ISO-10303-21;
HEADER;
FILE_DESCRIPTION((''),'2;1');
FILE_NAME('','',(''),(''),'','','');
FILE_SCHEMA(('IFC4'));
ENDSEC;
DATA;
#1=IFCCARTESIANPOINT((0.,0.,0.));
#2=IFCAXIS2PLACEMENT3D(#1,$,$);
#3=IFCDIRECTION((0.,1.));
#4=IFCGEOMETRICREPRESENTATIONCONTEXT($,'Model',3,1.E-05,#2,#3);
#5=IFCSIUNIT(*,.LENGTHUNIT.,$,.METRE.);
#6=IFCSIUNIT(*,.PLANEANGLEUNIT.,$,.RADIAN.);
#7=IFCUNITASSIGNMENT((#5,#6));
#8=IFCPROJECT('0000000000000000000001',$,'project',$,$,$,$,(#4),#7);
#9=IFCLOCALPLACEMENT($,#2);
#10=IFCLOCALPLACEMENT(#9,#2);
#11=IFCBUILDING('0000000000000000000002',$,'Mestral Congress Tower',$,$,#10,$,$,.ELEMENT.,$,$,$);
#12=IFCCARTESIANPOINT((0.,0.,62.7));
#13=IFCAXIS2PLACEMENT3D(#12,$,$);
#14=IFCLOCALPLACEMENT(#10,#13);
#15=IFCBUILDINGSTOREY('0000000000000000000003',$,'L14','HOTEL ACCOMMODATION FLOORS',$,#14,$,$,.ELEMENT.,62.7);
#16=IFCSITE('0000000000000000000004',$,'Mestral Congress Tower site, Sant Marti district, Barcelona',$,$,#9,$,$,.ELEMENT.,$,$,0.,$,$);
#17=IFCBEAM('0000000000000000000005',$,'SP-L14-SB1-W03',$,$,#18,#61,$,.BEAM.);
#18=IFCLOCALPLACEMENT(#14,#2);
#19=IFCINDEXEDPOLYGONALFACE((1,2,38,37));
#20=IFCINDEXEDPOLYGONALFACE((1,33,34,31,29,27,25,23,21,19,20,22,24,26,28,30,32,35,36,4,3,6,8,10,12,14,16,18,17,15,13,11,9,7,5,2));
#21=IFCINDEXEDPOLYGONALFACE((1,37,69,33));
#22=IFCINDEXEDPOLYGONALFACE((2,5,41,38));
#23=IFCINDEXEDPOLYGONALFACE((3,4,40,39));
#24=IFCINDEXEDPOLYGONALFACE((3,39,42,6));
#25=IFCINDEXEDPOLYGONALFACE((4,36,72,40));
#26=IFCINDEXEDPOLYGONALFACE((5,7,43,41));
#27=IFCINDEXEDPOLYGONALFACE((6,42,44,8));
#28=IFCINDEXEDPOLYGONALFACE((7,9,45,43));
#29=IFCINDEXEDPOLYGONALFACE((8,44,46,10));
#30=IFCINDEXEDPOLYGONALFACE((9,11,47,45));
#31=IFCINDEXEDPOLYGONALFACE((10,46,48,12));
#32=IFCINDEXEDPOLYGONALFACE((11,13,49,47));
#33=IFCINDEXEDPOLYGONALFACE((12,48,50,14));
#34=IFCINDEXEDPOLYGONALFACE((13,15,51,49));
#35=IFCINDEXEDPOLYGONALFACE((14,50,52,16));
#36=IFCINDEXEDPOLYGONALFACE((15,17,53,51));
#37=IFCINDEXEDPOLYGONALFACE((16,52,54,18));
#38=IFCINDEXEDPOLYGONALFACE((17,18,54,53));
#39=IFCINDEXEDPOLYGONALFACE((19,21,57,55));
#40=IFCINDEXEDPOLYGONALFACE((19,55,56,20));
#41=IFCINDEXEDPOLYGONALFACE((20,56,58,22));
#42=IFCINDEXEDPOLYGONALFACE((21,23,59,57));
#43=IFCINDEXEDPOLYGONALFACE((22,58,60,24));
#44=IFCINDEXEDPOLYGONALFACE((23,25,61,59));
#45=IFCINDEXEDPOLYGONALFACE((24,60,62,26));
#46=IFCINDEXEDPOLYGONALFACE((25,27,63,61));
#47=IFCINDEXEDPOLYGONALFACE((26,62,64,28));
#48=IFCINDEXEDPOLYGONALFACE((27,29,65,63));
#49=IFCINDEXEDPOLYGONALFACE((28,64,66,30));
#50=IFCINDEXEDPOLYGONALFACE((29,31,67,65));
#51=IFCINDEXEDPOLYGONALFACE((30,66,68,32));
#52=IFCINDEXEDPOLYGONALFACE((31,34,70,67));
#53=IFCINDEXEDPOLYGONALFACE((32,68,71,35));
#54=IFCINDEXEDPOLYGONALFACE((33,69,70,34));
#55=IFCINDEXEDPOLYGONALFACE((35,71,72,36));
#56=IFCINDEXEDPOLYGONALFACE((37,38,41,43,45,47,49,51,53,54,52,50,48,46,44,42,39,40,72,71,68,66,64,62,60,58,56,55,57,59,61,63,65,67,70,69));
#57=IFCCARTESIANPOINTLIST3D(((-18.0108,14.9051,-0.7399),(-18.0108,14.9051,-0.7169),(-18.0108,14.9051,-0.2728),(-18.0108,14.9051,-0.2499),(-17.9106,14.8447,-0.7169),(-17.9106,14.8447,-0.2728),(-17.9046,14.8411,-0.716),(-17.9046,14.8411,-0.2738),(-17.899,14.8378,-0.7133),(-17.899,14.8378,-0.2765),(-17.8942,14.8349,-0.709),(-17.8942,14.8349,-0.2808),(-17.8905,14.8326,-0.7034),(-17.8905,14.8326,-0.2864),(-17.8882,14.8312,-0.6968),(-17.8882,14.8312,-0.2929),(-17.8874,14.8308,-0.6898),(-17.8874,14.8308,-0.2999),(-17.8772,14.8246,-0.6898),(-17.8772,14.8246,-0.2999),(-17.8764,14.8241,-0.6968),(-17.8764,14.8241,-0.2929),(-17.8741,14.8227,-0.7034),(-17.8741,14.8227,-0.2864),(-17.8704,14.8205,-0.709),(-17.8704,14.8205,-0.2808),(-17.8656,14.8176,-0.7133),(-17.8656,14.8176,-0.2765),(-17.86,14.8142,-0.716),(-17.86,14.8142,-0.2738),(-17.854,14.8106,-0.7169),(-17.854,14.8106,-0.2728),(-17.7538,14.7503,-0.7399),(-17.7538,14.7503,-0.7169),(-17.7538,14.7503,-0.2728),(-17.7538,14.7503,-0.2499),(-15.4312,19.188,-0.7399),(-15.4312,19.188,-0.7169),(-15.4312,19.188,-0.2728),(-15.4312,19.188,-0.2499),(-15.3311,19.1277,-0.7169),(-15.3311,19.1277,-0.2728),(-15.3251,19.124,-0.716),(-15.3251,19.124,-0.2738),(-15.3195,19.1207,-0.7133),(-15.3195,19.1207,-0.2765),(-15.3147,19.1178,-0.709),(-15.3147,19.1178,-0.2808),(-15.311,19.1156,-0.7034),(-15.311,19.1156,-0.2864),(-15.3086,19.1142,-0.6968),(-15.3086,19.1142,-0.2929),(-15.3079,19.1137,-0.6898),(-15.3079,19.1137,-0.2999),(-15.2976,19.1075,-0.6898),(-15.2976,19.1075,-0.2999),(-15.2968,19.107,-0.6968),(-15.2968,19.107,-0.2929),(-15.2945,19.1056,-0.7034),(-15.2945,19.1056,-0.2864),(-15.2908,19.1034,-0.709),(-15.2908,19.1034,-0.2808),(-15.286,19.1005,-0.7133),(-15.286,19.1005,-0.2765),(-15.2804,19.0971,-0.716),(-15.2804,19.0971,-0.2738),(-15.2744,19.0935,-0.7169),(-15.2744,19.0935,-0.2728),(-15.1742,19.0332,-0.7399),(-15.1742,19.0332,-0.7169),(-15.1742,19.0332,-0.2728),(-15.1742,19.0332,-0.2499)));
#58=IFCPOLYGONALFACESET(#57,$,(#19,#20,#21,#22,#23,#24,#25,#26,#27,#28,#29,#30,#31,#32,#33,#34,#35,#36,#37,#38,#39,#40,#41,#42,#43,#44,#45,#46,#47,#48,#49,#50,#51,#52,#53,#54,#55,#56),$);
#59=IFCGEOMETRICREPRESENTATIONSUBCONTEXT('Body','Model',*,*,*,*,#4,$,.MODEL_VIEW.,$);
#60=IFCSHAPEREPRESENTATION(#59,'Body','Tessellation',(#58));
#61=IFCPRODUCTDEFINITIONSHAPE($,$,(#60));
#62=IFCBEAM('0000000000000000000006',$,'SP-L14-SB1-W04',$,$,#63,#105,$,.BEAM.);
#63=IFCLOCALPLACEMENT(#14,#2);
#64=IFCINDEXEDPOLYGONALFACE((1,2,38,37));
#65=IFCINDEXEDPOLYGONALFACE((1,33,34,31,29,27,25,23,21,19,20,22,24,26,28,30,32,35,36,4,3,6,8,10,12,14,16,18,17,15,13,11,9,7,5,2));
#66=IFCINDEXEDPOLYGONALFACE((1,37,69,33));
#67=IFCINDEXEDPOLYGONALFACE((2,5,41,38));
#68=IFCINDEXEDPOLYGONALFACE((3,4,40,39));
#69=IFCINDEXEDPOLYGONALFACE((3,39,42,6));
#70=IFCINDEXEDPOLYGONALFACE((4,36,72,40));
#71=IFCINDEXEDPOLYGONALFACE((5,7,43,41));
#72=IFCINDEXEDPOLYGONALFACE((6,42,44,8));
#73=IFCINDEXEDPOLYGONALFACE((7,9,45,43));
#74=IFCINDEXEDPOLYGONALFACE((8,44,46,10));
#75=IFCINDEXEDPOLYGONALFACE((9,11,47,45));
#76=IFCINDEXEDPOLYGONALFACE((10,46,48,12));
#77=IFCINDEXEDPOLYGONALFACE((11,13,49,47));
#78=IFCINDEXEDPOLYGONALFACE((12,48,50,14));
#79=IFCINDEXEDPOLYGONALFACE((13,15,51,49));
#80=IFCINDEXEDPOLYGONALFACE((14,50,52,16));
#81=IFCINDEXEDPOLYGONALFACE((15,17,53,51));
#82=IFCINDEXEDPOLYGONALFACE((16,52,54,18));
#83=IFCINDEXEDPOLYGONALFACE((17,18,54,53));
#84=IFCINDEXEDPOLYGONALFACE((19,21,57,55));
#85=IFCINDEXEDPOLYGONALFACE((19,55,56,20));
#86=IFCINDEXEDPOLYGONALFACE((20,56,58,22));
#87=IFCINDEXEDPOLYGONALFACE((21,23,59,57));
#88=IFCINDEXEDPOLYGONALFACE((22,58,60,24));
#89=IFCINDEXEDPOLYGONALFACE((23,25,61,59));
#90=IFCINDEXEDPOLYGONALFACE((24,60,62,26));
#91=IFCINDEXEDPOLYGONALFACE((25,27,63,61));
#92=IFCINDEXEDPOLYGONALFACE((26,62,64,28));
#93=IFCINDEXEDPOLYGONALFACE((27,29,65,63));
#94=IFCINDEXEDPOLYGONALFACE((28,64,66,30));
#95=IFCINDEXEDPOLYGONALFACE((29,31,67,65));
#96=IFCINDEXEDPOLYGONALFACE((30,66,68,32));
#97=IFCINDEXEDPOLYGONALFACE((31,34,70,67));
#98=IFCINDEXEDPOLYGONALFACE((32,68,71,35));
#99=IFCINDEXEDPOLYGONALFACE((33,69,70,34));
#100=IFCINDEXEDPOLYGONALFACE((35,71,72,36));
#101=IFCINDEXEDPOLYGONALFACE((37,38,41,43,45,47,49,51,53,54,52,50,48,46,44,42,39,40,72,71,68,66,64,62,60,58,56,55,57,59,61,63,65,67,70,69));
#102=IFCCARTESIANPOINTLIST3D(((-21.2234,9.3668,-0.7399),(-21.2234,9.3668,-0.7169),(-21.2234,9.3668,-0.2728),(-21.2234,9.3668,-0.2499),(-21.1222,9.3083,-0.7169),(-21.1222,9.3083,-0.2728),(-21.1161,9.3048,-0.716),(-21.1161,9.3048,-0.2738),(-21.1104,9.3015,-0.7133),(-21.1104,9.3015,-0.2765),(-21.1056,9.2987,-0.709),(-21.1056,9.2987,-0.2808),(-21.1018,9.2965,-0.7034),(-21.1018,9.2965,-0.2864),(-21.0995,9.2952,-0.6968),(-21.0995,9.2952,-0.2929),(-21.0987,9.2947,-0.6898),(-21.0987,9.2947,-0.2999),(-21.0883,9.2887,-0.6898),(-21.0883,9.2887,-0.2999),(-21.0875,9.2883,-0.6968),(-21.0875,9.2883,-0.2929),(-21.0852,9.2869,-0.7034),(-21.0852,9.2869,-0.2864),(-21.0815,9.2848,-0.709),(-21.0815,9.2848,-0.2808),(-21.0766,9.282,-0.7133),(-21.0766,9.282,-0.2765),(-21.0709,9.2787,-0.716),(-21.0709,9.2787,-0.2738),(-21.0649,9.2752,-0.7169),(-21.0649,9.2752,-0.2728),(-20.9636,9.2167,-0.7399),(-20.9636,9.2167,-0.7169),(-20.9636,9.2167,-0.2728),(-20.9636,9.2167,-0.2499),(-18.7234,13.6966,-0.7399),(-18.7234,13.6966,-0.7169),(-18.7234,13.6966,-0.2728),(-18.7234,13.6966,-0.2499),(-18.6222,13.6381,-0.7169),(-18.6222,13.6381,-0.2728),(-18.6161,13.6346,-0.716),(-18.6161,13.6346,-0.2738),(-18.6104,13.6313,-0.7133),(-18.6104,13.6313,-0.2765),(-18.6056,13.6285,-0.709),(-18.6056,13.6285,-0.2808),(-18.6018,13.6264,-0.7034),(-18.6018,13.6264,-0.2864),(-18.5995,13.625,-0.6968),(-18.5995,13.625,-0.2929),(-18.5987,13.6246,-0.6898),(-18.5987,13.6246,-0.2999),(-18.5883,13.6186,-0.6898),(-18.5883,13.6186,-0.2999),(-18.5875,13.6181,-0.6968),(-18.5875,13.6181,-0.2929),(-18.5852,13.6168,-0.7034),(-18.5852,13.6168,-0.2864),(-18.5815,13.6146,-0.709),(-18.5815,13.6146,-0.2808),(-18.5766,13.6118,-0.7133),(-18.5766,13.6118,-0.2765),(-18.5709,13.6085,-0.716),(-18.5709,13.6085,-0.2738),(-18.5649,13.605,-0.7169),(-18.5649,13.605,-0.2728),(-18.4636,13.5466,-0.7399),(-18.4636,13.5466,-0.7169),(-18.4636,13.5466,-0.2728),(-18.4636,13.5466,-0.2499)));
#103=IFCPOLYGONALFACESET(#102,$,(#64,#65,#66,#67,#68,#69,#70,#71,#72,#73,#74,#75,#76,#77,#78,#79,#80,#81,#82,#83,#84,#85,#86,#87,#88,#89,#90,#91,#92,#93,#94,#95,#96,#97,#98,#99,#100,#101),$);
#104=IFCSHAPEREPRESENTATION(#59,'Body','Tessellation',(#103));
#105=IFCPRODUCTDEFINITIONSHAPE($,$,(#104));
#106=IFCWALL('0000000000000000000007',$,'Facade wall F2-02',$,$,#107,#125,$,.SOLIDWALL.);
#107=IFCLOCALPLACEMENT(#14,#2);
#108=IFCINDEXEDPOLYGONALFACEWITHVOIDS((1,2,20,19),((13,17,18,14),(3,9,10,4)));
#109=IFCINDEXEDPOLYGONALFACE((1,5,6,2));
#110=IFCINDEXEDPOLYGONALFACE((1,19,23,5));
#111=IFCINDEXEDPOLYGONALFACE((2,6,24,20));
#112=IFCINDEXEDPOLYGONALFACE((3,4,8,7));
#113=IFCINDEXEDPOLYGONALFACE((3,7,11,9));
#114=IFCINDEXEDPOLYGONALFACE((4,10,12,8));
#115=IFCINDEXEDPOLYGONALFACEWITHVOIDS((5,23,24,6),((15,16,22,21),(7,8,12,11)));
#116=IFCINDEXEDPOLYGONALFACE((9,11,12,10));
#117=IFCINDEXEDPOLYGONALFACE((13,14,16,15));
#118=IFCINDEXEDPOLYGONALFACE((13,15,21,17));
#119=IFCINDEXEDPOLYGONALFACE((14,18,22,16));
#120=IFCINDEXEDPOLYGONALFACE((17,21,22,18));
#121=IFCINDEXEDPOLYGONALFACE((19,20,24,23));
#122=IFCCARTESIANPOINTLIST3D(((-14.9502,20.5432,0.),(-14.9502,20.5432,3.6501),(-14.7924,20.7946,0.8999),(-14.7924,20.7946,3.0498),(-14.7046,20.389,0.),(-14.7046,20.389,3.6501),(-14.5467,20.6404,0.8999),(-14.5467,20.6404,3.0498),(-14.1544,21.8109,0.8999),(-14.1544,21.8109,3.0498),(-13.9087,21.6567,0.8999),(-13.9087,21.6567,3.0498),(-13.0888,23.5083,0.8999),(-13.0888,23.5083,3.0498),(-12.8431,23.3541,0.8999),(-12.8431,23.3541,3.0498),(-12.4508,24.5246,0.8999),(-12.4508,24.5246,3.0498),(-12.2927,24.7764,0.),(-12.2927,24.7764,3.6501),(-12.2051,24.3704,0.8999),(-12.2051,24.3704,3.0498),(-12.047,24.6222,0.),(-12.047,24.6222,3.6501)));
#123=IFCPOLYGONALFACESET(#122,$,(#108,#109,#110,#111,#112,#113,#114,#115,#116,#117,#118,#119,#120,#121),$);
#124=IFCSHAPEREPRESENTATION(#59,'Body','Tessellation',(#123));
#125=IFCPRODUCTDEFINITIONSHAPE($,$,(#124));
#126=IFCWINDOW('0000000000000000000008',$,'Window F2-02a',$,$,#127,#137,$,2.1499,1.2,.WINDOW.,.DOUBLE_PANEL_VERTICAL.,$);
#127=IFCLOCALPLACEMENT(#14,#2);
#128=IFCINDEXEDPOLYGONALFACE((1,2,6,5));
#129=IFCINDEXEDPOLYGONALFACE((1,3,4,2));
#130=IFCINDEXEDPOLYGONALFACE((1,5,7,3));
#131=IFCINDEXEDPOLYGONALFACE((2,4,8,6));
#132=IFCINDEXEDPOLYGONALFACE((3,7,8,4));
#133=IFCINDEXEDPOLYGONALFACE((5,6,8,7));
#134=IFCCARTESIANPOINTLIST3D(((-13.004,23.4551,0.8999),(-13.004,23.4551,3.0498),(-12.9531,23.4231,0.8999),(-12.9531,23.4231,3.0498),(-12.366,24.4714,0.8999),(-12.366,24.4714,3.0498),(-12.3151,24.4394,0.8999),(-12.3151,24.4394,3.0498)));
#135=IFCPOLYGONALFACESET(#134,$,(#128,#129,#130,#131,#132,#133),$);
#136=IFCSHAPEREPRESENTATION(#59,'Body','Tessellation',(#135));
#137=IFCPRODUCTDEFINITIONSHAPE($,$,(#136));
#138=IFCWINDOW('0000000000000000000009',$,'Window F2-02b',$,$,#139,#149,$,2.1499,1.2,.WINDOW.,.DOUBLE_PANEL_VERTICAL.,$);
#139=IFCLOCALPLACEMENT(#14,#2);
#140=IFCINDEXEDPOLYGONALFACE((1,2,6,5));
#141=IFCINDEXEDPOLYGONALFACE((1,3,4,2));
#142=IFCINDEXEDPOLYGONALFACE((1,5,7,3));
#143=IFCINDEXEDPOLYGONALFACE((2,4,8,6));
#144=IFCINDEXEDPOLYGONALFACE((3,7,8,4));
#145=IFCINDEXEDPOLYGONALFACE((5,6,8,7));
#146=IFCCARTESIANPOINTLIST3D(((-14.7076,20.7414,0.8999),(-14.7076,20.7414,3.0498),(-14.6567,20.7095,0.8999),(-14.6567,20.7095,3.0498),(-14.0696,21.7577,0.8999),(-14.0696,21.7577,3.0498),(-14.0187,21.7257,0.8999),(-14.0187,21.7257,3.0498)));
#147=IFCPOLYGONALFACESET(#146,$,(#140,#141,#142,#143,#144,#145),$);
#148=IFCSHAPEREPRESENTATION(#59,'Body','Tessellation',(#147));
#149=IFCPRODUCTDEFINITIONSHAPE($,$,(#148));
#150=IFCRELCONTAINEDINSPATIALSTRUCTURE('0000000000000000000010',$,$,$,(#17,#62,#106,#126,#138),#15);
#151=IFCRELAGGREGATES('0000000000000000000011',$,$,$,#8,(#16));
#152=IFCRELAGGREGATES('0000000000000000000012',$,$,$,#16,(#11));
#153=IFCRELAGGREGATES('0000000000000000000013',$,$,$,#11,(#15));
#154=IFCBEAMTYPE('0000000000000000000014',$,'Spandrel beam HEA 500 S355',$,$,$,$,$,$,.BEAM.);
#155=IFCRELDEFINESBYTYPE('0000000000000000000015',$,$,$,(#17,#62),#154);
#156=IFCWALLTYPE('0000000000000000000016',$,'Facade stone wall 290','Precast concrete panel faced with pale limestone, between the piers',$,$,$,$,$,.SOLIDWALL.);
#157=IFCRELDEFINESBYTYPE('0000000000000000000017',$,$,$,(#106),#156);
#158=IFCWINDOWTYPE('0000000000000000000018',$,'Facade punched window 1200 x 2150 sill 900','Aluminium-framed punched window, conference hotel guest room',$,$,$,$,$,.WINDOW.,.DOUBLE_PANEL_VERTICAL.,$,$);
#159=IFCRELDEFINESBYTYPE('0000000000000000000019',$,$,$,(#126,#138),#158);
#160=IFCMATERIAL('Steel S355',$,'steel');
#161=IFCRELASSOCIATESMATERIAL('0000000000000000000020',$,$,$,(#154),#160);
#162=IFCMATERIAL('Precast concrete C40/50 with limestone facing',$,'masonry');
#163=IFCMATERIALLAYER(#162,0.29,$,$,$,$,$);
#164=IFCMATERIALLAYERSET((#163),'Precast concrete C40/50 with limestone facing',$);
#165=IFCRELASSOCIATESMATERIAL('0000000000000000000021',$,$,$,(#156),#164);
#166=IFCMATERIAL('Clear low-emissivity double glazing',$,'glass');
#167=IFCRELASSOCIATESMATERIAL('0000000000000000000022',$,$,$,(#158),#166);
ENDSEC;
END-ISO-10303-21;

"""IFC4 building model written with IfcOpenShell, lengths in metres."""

from ifc_helpers import new_model, si_unit, direction, frame, frame_2d, origin, origin_2d, place, context, subcontext, project, spatial, rectangle, i_section, extrude, material, layer, layer_set, material_profile, profile_set, type_object, element, fill, save


model = new_model("IFC4")

# Units and contexts
model_context = context("Model", 3, precision=1e-05, world=origin(), true_north=direction((0.0, 1.0)))
body_context = subcontext(model_context, "Body", "Model", "MODEL_VIEW")
ifc_project = project(units=[si_unit("LENGTHUNIT", "METRE"), si_unit("PLANEANGLEUNIT", "RADIAN")], contexts=[model_context])

# Site, building, storey
site_placement = place(None, origin())
site = spatial("IfcSite", under=ifc_project, at=site_placement, Name="Mestral Congress Tower site, Sant Marti district, Barcelona", CompositionType="ELEMENT", RefElevation=0.0)
building_placement = place(site_placement, origin())
building = spatial("IfcBuilding", under=site, at=building_placement, Name="Mestral Congress Tower", CompositionType="ELEMENT")
storey_placement = place(building_placement, frame((0.0, 0.0, 62.7)))
storey = spatial("IfcBuildingStorey", under=building, at=storey_placement, Name="L14", Description="HOTEL ACCOMMODATION FLOORS", CompositionType="ELEMENT", Elevation=62.7)

# Beams
ifc_material_1 = material(Name="Steel S355", Category="steel")
ifc_material_profile_1 = material_profile(ifc_material_1, i_section(OverallWidth=0.3, OverallDepth=0.49, WebThickness=0.012, FlangeThickness=0.0229, FilletRadius=0.0271, at=origin_2d()), Name="HEA 500")
ifc_profile_set_1 = profile_set([ifc_material_profile_1], Name="Steel S355")
beam_type_1 = type_object("IfcBeamType", Name="Spandrel beam HEA 500 S355", PredefinedType="BEAM", material=ifc_profile_set_1)
for number, where, z_axis, x_axis, name in (
    (1, (-15.3027, 19.1106, -0.4949), (-0.515938, -0.856626, 0.0), (0.856626, -0.515938, 0.0), "SP-L14-SB1-W03"),
    (2, (-18.5935, 13.6216, -0.4949), (-0.500025, -0.866011, 0.0), (0.866011, -0.500025, 0.0), "SP-L14-SB1-W04"),
):
    element("IfcBeam", number, at=place(storey_placement, frame(where, z_axis=z_axis, x_axis=x_axis)), inside=storey, type_object=beam_type_1, Name=name, PredefinedType="BEAM", context=body_context, shape_type="SweptSolid", body=[
        extrude(i_section(OverallWidth=0.3, OverallDepth=0.49, WebThickness=0.012, FlangeThickness=0.0229, FilletRadius=0.0271, at=origin_2d()), origin(), (0.0, 0.0, 1.0), 4.9998),
    ])

# Wall, openings, windows
ifc_material_2 = material(Name="Precast concrete C40/50 with limestone facing", Category="masonry")
ifc_layer_1 = layer(ifc_material_2, 0.29)
ifc_layer_set_1 = layer_set([ifc_layer_1], Name="Precast concrete C40/50 with limestone facing")
wall_type_1 = type_object("IfcWallType", Name="Facade stone wall 290", Description="Precast concrete panel faced with pale limestone, between the piers", PredefinedType="SOLIDWALL", material=ifc_layer_set_1)
wall_1_placement = place(storey_placement, frame((-12.1699, 24.6992, 0.0), z_axis=(0.0, 0.0, 1.0), x_axis=(-0.531688, -0.84694, 0.0)))
wall_1 = element("IfcWall", 3, at=wall_1_placement, inside=storey, type_object=wall_type_1, Name="Facade wall F2-02", PredefinedType="SOLIDWALL", context=body_context, shape_type="SweptSolid", body=[
    extrude(rectangle(XDim=4.9983, YDim=0.29, at=frame_2d((2.499, 0.0))), origin(), (0.0, 0.0, 1.0), 3.6501),
])
opening_1_placement = place(wall_1_placement, frame((0.2971, 0.0, 0.8999)))
opening_1 = element("IfcOpeningElement", 4, at=opening_1_placement, cuts=wall_1, PredefinedType="OPENING", context=body_context, shape_type="SweptSolid", body=[
    extrude(rectangle(XDim=1.2, YDim=2.1499, at=frame_2d((0.6001, 1.075))), frame((0.0, 0.155, 0.0), z_axis=(0.0, -1.0, 0.0), x_axis=(1.0, 0.0, 0.0)), (0.0, 0.0, 1.0), 0.3101),
])
opening_2_placement = place(wall_1_placement, frame((3.5012, 0.0, 0.8999)))
opening_2 = element("IfcOpeningElement", 5, at=opening_2_placement, cuts=wall_1, PredefinedType="OPENING", context=body_context, shape_type="SweptSolid", body=[
    extrude(rectangle(XDim=1.2, YDim=2.1499, at=frame_2d((0.6001, 1.075))), frame((0.0, 0.155, 0.0), z_axis=(0.0, -1.0, 0.0), x_axis=(1.0, 0.0, 0.0)), (0.0, 0.0, 1.0), 0.3101),
])
ifc_material_3 = material(Name="Clear low-emissivity double glazing", Category="glass")
window_type = type_object("IfcWindowType", Name="Facade punched window 1200 x 2150 sill 900", Description="Aluminium-framed punched window, conference hotel guest room", PartitioningType="DOUBLE_PANEL_VERTICAL", PredefinedType="WINDOW", material=ifc_material_3)
window_1_placement = place(opening_1_placement, origin())
window_1 = element("IfcWindow", 6, at=window_1_placement, inside=storey, type_object=window_type, Name="Window F2-02a", OverallHeight=2.1499, OverallWidth=1.2, PartitioningType="DOUBLE_PANEL_VERTICAL", PredefinedType="WINDOW", context=body_context, shape_type="SweptSolid", body=[
    extrude(rectangle(XDim=1.2, YDim=2.1499, at=frame_2d((0.6001, 1.075))), frame((0.0, 0.0151, 0.0), z_axis=(0.0, -1.0, 0.0), x_axis=(1.0, 0.0, 0.0)), (0.0, 0.0, 1.0), 0.0601),
])
fill(opening_1, window_1)
window_2_placement = place(opening_2_placement, origin())
window_2 = element("IfcWindow", 7, at=window_2_placement, inside=storey, type_object=window_type, Name="Window F2-02b", OverallHeight=2.1499, OverallWidth=1.2, PartitioningType="DOUBLE_PANEL_VERTICAL", PredefinedType="WINDOW", context=body_context, shape_type="SweptSolid", body=[
    extrude(rectangle(XDim=1.2, YDim=2.1499, at=frame_2d((0.6001, 1.075))), frame((0.0, 0.0151, 0.0), z_axis=(0.0, -1.0, 0.0), x_axis=(1.0, 0.0, 0.0)), (0.0, 0.0, 1.0), 0.0601),
])
fill(opening_2, window_2)

save(model, "model.ifc")
